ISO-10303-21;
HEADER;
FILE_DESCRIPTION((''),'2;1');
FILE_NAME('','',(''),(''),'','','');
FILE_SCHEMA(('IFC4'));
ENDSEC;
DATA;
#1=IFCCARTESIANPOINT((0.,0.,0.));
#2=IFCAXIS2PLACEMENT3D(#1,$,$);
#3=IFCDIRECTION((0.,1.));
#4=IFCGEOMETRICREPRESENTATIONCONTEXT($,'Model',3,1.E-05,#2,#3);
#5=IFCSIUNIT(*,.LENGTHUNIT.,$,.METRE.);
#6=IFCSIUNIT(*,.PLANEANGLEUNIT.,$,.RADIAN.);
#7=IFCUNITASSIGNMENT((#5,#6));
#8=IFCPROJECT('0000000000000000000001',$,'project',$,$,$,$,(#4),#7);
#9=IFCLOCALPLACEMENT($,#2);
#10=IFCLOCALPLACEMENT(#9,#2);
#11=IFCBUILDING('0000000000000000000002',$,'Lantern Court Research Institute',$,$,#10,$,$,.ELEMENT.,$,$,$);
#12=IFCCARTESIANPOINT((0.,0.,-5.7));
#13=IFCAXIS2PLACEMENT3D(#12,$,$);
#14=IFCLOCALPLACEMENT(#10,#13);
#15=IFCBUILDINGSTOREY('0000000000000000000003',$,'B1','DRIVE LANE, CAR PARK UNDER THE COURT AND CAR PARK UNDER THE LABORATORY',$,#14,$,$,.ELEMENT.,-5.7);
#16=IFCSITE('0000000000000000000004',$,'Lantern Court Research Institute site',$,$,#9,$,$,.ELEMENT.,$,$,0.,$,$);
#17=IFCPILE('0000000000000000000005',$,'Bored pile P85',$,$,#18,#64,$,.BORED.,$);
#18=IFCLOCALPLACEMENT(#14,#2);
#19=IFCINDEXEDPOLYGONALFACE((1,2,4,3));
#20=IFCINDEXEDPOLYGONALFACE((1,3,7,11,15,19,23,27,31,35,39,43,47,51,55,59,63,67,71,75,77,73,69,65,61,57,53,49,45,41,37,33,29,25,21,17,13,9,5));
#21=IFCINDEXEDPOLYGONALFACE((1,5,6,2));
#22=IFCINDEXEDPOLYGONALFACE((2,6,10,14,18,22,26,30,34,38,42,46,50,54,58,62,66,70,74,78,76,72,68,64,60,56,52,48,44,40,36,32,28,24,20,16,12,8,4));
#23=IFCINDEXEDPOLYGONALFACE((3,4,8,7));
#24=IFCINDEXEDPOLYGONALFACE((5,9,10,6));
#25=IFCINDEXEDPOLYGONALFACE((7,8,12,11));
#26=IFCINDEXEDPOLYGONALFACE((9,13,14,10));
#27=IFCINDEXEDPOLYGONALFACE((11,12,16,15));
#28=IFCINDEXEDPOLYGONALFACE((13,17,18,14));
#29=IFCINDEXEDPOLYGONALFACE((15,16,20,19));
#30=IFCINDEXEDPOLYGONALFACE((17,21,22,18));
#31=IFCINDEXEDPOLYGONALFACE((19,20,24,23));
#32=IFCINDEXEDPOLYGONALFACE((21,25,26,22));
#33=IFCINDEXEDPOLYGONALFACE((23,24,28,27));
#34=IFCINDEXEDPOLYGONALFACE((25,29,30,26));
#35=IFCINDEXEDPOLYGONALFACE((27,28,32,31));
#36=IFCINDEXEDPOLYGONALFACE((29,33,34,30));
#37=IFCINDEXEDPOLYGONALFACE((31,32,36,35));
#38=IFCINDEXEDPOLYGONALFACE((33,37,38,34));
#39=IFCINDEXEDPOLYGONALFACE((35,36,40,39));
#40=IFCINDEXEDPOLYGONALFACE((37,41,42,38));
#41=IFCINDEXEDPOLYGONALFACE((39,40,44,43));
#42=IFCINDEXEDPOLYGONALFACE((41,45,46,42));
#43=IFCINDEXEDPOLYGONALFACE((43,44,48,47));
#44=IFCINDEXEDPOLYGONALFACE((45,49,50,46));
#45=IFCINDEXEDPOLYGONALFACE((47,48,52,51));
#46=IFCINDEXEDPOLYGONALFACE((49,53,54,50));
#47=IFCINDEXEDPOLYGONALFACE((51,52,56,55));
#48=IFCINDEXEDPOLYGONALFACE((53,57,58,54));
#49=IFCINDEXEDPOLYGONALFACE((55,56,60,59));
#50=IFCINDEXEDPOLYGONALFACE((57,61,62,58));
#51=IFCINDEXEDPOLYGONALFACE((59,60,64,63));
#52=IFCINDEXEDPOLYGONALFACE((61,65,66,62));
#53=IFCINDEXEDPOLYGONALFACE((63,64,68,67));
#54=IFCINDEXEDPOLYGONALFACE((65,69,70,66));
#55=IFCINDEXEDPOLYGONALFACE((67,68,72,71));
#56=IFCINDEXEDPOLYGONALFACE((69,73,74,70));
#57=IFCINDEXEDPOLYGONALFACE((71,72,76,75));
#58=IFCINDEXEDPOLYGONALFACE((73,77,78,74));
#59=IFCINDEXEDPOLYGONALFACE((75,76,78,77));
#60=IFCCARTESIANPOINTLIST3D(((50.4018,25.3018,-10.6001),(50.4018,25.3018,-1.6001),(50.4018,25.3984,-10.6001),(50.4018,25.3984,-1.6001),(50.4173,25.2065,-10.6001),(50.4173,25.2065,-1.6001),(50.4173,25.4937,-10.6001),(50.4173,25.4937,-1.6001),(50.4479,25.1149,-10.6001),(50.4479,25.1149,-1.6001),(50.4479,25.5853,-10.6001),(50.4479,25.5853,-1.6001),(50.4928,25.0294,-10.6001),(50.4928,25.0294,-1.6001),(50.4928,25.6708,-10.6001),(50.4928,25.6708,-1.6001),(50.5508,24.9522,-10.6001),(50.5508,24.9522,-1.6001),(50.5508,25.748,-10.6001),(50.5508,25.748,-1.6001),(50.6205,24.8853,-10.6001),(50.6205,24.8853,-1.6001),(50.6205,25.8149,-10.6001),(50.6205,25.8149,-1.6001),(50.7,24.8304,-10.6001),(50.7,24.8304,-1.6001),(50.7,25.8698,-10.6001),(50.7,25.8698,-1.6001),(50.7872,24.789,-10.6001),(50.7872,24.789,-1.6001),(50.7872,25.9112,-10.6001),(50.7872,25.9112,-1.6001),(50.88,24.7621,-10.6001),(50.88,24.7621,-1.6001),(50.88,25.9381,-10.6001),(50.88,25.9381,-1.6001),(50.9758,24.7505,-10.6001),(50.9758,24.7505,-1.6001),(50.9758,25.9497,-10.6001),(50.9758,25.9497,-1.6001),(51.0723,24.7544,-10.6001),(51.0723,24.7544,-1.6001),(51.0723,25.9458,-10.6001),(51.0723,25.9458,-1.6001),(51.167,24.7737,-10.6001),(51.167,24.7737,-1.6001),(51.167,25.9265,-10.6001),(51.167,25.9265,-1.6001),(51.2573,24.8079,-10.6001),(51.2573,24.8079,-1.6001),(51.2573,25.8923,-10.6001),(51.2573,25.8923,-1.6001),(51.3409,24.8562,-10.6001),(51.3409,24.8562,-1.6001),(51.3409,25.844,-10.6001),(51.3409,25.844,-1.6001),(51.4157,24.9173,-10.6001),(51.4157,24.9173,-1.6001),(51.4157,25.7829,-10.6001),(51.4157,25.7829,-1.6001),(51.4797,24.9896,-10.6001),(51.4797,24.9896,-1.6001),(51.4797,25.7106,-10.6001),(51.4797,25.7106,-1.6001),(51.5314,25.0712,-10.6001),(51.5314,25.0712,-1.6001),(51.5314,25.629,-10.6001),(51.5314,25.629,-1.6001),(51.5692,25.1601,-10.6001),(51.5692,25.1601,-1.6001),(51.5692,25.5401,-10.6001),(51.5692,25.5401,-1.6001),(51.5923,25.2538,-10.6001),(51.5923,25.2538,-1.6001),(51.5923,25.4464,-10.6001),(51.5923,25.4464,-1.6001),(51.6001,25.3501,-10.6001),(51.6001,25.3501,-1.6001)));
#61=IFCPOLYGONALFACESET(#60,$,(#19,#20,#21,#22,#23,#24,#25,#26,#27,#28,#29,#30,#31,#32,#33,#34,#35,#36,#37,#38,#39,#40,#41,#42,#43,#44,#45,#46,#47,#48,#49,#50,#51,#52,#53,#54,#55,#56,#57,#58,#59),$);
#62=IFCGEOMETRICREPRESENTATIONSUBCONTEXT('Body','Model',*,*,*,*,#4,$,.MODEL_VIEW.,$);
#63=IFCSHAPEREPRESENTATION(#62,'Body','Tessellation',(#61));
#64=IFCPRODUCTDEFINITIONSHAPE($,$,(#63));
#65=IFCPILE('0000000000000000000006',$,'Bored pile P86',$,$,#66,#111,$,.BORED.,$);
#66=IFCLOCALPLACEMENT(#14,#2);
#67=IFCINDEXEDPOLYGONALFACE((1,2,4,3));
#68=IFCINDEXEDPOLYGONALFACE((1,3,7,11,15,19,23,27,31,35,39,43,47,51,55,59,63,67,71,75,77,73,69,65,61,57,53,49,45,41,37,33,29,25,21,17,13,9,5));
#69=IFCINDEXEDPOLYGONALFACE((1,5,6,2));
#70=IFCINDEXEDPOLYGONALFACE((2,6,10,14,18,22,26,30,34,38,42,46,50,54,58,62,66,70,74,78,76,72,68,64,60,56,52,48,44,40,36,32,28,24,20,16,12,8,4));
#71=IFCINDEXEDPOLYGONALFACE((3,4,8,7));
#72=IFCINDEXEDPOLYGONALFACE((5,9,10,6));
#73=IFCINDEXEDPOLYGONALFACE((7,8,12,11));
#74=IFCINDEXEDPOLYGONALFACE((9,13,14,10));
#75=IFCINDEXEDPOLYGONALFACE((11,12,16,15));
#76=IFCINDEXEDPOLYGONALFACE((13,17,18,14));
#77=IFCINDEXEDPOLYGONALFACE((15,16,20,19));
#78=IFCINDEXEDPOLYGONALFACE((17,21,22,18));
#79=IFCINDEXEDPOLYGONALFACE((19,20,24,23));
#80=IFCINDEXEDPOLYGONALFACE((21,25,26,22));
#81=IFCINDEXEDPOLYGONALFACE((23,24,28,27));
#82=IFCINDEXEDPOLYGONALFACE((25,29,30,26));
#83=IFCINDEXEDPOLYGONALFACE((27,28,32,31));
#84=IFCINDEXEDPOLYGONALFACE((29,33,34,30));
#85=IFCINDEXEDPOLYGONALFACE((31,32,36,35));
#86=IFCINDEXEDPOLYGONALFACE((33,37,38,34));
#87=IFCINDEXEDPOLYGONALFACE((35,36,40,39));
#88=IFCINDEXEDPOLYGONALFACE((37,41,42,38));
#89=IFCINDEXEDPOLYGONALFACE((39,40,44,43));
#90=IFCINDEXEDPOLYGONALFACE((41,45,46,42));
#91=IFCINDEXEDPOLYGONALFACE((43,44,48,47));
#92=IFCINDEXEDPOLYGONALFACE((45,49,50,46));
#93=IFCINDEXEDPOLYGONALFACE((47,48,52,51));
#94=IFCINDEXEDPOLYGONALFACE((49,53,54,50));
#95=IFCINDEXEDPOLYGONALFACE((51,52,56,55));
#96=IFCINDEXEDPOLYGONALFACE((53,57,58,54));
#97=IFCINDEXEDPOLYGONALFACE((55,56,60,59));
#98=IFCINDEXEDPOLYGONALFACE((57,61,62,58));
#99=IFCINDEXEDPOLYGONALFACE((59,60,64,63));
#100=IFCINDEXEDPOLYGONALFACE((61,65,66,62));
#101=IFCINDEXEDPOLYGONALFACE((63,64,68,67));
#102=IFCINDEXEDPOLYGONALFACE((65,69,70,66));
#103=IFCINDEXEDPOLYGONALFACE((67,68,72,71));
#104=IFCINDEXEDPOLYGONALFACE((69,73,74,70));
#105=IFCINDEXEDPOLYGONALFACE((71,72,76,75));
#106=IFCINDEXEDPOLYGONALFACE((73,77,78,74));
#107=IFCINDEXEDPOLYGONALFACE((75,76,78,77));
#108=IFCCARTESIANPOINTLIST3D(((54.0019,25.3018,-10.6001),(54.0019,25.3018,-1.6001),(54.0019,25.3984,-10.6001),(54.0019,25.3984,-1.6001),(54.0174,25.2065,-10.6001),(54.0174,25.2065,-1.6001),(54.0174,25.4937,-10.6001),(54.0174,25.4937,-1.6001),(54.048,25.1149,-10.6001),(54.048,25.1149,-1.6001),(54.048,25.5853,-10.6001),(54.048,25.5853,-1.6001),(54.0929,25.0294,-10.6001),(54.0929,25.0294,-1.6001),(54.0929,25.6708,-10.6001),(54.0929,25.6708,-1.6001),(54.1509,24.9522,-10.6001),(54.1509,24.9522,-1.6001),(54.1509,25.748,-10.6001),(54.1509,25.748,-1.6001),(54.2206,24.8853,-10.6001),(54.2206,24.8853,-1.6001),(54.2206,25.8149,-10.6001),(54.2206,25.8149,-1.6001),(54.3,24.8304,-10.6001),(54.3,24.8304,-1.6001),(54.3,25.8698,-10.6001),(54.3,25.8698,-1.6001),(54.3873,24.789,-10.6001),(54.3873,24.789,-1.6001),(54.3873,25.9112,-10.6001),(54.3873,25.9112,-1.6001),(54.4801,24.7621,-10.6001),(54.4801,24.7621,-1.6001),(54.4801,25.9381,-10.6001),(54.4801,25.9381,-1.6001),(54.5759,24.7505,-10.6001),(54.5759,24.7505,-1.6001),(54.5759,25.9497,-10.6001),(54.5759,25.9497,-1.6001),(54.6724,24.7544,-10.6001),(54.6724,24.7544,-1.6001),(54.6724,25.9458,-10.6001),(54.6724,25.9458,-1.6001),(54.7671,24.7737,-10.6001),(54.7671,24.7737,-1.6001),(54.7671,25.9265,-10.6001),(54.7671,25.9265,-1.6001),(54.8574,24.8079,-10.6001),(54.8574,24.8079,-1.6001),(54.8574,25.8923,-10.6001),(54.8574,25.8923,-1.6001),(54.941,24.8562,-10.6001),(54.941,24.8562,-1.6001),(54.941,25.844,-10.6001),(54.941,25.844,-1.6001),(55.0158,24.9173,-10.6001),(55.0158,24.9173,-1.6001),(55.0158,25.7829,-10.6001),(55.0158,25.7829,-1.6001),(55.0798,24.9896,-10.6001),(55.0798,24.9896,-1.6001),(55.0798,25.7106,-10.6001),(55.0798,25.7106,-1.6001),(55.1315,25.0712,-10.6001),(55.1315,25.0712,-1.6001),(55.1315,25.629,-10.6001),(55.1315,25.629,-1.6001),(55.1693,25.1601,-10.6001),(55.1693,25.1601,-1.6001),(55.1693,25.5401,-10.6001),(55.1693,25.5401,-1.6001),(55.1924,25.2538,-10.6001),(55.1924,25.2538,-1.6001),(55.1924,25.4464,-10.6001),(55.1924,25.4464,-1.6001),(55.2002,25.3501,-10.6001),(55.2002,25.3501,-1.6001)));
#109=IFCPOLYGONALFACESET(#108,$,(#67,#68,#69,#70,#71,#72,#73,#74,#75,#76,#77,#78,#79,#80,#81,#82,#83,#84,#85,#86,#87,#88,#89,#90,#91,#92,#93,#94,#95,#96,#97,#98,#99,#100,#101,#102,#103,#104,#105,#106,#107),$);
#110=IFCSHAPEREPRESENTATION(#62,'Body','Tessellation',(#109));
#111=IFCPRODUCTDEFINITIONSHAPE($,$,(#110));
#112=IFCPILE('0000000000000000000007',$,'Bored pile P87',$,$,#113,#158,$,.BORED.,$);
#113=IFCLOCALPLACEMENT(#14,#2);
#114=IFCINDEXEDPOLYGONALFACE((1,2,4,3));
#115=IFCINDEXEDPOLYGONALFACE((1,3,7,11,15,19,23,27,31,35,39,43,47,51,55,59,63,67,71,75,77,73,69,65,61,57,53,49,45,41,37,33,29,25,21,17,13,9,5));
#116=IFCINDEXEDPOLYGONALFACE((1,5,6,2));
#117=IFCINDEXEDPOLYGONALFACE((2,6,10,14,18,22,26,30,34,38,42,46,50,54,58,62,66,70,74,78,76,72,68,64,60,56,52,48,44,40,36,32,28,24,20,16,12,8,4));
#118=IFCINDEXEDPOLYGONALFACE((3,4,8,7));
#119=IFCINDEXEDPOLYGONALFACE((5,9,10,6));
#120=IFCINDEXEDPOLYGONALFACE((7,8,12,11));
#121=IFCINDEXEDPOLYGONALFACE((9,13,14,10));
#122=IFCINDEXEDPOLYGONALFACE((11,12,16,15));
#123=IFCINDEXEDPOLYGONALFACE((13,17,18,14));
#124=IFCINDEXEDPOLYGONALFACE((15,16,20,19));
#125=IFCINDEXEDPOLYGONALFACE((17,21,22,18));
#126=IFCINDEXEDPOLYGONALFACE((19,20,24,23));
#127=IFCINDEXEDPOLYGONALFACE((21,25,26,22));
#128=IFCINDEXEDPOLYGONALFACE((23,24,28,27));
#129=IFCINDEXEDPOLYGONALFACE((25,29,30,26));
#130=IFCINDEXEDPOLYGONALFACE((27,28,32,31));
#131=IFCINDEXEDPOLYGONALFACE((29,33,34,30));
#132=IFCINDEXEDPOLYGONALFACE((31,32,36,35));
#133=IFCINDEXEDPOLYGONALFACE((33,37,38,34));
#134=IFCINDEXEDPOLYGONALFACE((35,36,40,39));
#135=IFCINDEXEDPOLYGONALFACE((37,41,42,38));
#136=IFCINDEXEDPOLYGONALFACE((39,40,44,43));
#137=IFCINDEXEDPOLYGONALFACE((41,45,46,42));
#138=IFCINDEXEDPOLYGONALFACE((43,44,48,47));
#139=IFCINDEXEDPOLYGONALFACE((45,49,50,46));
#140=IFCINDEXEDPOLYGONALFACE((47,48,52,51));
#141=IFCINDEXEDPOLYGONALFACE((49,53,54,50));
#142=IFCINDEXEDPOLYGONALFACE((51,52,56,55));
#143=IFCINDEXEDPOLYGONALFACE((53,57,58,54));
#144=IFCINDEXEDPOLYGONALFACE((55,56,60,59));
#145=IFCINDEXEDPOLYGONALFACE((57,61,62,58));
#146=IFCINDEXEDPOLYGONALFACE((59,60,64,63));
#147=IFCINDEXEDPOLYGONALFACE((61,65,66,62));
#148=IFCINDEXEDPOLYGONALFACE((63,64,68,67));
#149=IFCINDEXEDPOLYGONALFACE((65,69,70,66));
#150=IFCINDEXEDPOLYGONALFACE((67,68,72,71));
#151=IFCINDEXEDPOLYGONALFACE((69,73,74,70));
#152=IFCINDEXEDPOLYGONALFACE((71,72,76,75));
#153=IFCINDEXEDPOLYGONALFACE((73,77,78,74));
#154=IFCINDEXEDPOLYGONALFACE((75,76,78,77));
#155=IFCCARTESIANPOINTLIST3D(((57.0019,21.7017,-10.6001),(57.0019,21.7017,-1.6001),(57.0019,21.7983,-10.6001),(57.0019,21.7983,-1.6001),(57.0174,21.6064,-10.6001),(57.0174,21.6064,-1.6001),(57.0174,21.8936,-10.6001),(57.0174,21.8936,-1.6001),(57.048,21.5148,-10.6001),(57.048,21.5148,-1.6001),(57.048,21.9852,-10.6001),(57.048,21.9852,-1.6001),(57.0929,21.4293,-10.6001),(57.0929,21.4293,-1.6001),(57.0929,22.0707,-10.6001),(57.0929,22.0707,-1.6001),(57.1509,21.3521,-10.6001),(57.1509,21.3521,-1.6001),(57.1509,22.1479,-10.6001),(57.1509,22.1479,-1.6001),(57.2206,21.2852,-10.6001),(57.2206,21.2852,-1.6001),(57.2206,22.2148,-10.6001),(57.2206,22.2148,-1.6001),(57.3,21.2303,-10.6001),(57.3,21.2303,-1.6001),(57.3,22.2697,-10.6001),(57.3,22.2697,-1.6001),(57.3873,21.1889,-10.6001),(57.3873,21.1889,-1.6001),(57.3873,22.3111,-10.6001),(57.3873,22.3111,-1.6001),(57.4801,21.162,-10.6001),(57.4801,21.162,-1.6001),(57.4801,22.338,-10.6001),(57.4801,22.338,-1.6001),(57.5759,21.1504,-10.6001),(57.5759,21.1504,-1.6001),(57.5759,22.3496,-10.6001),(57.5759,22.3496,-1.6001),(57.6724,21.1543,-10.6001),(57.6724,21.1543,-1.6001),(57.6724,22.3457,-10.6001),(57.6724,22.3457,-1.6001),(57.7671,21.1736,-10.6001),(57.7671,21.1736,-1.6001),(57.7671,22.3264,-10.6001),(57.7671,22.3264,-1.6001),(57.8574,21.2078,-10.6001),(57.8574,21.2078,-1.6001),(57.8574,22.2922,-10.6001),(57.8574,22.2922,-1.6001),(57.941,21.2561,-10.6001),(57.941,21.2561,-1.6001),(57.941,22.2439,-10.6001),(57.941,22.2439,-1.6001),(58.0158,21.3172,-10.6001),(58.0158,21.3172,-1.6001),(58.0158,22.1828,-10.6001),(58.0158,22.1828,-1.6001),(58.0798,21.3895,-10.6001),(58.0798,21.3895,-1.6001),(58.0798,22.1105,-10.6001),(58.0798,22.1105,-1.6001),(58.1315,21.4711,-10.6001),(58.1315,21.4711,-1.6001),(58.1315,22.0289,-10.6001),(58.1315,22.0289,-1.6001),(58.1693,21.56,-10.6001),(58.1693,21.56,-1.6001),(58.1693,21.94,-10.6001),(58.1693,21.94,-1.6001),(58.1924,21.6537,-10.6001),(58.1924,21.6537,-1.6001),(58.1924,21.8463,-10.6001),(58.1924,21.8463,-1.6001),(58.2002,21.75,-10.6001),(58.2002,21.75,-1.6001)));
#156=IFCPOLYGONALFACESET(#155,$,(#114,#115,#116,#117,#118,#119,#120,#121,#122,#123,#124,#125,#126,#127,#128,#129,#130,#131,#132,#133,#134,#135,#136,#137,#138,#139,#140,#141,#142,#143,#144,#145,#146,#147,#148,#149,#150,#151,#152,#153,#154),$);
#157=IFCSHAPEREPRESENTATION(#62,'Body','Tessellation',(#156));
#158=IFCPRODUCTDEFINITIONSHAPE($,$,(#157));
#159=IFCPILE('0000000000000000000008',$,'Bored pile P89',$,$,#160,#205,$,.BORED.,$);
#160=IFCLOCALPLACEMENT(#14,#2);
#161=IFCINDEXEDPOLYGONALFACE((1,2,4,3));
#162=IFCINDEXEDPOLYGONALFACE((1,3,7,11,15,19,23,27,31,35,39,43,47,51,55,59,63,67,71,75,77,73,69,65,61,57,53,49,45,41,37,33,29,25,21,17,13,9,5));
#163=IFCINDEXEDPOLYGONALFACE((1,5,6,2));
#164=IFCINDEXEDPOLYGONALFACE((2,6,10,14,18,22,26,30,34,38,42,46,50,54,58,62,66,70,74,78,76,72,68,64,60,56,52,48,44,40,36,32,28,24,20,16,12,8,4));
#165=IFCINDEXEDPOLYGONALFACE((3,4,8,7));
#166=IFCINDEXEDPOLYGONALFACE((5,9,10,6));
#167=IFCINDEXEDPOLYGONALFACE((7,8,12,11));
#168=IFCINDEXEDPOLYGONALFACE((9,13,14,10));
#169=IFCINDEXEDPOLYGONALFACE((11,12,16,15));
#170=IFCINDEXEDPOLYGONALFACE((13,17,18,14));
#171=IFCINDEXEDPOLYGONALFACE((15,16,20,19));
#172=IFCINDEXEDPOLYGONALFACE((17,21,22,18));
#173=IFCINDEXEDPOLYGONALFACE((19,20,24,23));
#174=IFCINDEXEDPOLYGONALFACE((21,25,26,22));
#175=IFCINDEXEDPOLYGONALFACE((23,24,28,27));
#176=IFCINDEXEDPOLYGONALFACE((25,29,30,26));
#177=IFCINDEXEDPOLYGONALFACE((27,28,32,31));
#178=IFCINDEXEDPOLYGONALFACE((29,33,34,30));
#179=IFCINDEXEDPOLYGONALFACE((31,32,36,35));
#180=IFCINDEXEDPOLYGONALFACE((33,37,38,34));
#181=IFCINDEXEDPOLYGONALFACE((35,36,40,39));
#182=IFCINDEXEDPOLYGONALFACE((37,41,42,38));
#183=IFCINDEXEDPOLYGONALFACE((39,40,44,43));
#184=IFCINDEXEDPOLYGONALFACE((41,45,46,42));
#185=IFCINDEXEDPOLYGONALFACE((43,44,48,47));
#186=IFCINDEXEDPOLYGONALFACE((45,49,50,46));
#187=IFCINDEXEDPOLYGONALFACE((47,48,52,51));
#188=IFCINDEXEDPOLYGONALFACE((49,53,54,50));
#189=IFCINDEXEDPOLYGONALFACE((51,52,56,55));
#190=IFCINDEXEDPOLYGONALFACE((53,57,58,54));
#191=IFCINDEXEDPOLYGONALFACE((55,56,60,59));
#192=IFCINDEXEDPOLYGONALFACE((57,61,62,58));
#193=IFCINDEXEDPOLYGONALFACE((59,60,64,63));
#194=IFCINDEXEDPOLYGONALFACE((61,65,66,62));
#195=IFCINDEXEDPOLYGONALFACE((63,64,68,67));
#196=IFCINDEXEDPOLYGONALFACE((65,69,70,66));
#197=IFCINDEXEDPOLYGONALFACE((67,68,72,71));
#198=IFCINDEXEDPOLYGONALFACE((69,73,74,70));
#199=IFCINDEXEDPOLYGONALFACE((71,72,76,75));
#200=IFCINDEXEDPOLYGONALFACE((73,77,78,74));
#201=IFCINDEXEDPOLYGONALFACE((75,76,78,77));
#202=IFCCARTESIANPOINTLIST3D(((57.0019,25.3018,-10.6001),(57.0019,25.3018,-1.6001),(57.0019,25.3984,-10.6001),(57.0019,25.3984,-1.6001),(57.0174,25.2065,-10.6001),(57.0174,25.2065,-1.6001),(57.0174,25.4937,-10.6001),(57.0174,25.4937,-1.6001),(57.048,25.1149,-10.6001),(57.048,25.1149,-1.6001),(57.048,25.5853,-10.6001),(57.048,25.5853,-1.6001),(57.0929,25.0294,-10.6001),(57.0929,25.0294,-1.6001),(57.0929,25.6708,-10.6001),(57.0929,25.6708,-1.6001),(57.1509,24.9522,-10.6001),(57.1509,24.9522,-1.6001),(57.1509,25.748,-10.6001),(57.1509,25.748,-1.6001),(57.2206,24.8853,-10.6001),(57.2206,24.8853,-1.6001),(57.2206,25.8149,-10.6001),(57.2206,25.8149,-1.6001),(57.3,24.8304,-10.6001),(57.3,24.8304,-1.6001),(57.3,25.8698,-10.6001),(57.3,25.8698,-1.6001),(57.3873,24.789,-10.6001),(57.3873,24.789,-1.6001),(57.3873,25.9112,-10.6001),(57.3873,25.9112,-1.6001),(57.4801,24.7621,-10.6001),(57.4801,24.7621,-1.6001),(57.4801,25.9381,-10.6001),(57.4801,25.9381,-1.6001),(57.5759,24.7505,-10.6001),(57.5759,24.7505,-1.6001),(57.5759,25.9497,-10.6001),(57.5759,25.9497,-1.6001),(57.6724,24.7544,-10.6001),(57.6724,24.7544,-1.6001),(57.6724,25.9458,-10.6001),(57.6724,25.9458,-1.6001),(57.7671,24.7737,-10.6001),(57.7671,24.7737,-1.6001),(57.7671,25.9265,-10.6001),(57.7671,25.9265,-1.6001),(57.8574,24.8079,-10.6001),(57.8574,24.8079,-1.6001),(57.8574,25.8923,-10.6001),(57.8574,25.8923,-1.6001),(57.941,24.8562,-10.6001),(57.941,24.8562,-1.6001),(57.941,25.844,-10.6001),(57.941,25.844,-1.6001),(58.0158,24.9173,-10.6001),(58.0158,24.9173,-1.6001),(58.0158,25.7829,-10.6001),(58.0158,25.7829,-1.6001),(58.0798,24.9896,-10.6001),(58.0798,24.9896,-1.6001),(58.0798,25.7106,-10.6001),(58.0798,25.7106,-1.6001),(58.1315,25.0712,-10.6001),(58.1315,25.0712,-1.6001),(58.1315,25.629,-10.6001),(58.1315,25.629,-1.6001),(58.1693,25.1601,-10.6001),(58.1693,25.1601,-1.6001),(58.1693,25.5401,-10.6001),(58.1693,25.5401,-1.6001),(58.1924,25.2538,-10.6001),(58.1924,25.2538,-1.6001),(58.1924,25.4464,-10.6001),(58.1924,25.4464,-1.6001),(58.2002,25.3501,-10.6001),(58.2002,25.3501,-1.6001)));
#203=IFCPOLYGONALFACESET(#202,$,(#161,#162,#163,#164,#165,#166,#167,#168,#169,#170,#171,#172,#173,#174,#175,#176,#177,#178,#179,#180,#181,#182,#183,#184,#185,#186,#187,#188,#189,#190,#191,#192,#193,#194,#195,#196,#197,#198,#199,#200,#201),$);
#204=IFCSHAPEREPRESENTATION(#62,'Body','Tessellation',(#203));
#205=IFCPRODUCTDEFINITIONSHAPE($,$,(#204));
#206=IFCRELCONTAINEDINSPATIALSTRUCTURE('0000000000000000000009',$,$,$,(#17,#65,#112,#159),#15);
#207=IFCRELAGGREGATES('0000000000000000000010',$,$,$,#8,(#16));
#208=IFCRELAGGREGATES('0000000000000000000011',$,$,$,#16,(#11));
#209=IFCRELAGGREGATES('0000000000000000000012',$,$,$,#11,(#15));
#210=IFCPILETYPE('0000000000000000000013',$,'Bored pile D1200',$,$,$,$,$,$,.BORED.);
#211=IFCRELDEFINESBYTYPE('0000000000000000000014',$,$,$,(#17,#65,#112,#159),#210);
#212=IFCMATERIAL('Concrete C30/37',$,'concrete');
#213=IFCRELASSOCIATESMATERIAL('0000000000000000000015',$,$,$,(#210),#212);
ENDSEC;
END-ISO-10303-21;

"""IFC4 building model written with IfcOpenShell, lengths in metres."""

from ifc_helpers import new_model, si_unit, direction, frame, origin, origin_2d, place, context, subcontext, project, spatial, circle, extrude, material, material_profile, profile_set, type_object, element, save


model = new_model("IFC4")

# Units and contexts
model_context = context("Model", 3, precision=1e-05, world=origin(), true_north=direction((0.0, 1.0)))
body_context = subcontext(model_context, "Body", "Model", "MODEL_VIEW")
ifc_project = project(units=[si_unit("LENGTHUNIT", "METRE"), si_unit("PLANEANGLEUNIT", "RADIAN")], contexts=[model_context])

# Site, building, storey
site_placement = place(None, origin())
site = spatial("IfcSite", under=ifc_project, at=site_placement, Name="Lantern Court Research Institute site", CompositionType="ELEMENT", RefElevation=0.0)
building_placement = place(site_placement, origin())
building = spatial("IfcBuilding", under=site, at=building_placement, Name="Lantern Court Research Institute", CompositionType="ELEMENT")
storey_placement = place(building_placement, frame((0.0, 0.0, -5.7)))
storey = spatial("IfcBuildingStorey", under=building, at=storey_placement, Name="B1", Description="DRIVE LANE, CAR PARK UNDER THE COURT AND CAR PARK UNDER THE LABORATORY", CompositionType="ELEMENT", Elevation=-5.7)

# Piles
ifc_material_1 = material(Name="Concrete C30/37", Category="concrete")
ifc_material_profile_1 = material_profile(ifc_material_1, circle(Radius=0.6001, at=origin_2d()), Name="Bored pile D1200")
ifc_profile_set_1 = profile_set([ifc_material_profile_1], Name="Concrete C30/37")
pile_type_1 = type_object("IfcPileType", Name="Bored pile D1200", PredefinedType="BORED", material=ifc_profile_set_1)
for number, where, z_axis, x_axis, name in (
    (1, (51.0, 25.3501, -1.6001), (0.0, 0.0, -1.0), (1.0, 0.0, 0.0), "Bored pile P85"),
    (2, (54.6001, 25.3501, -1.6001), (0.0, 0.0, -1.0), (1.0, 0.0, 0.0), "Bored pile P86"),
    (3, (57.6001, 21.75, -1.6001), (0.0, 0.0, -1.0), (1.0, 0.0, 0.0), "Bored pile P87"),
    (4, (57.6001, 25.3501, -1.6001), (0.0, 0.0, -1.0), (1.0, 0.0, 0.0), "Bored pile P89"),
):
    element("IfcPile", number, at=place(storey_placement, frame(where, z_axis=z_axis, x_axis=x_axis)), inside=storey, type_object=pile_type_1, Name=name, PredefinedType="BORED", context=body_context, shape_type="SweptSolid", body=[
        extrude(circle(Radius=0.6001, at=origin_2d()), origin(), (0.0, 0.0, 1.0), 9.0),
    ])

save(model, "model.ifc")
